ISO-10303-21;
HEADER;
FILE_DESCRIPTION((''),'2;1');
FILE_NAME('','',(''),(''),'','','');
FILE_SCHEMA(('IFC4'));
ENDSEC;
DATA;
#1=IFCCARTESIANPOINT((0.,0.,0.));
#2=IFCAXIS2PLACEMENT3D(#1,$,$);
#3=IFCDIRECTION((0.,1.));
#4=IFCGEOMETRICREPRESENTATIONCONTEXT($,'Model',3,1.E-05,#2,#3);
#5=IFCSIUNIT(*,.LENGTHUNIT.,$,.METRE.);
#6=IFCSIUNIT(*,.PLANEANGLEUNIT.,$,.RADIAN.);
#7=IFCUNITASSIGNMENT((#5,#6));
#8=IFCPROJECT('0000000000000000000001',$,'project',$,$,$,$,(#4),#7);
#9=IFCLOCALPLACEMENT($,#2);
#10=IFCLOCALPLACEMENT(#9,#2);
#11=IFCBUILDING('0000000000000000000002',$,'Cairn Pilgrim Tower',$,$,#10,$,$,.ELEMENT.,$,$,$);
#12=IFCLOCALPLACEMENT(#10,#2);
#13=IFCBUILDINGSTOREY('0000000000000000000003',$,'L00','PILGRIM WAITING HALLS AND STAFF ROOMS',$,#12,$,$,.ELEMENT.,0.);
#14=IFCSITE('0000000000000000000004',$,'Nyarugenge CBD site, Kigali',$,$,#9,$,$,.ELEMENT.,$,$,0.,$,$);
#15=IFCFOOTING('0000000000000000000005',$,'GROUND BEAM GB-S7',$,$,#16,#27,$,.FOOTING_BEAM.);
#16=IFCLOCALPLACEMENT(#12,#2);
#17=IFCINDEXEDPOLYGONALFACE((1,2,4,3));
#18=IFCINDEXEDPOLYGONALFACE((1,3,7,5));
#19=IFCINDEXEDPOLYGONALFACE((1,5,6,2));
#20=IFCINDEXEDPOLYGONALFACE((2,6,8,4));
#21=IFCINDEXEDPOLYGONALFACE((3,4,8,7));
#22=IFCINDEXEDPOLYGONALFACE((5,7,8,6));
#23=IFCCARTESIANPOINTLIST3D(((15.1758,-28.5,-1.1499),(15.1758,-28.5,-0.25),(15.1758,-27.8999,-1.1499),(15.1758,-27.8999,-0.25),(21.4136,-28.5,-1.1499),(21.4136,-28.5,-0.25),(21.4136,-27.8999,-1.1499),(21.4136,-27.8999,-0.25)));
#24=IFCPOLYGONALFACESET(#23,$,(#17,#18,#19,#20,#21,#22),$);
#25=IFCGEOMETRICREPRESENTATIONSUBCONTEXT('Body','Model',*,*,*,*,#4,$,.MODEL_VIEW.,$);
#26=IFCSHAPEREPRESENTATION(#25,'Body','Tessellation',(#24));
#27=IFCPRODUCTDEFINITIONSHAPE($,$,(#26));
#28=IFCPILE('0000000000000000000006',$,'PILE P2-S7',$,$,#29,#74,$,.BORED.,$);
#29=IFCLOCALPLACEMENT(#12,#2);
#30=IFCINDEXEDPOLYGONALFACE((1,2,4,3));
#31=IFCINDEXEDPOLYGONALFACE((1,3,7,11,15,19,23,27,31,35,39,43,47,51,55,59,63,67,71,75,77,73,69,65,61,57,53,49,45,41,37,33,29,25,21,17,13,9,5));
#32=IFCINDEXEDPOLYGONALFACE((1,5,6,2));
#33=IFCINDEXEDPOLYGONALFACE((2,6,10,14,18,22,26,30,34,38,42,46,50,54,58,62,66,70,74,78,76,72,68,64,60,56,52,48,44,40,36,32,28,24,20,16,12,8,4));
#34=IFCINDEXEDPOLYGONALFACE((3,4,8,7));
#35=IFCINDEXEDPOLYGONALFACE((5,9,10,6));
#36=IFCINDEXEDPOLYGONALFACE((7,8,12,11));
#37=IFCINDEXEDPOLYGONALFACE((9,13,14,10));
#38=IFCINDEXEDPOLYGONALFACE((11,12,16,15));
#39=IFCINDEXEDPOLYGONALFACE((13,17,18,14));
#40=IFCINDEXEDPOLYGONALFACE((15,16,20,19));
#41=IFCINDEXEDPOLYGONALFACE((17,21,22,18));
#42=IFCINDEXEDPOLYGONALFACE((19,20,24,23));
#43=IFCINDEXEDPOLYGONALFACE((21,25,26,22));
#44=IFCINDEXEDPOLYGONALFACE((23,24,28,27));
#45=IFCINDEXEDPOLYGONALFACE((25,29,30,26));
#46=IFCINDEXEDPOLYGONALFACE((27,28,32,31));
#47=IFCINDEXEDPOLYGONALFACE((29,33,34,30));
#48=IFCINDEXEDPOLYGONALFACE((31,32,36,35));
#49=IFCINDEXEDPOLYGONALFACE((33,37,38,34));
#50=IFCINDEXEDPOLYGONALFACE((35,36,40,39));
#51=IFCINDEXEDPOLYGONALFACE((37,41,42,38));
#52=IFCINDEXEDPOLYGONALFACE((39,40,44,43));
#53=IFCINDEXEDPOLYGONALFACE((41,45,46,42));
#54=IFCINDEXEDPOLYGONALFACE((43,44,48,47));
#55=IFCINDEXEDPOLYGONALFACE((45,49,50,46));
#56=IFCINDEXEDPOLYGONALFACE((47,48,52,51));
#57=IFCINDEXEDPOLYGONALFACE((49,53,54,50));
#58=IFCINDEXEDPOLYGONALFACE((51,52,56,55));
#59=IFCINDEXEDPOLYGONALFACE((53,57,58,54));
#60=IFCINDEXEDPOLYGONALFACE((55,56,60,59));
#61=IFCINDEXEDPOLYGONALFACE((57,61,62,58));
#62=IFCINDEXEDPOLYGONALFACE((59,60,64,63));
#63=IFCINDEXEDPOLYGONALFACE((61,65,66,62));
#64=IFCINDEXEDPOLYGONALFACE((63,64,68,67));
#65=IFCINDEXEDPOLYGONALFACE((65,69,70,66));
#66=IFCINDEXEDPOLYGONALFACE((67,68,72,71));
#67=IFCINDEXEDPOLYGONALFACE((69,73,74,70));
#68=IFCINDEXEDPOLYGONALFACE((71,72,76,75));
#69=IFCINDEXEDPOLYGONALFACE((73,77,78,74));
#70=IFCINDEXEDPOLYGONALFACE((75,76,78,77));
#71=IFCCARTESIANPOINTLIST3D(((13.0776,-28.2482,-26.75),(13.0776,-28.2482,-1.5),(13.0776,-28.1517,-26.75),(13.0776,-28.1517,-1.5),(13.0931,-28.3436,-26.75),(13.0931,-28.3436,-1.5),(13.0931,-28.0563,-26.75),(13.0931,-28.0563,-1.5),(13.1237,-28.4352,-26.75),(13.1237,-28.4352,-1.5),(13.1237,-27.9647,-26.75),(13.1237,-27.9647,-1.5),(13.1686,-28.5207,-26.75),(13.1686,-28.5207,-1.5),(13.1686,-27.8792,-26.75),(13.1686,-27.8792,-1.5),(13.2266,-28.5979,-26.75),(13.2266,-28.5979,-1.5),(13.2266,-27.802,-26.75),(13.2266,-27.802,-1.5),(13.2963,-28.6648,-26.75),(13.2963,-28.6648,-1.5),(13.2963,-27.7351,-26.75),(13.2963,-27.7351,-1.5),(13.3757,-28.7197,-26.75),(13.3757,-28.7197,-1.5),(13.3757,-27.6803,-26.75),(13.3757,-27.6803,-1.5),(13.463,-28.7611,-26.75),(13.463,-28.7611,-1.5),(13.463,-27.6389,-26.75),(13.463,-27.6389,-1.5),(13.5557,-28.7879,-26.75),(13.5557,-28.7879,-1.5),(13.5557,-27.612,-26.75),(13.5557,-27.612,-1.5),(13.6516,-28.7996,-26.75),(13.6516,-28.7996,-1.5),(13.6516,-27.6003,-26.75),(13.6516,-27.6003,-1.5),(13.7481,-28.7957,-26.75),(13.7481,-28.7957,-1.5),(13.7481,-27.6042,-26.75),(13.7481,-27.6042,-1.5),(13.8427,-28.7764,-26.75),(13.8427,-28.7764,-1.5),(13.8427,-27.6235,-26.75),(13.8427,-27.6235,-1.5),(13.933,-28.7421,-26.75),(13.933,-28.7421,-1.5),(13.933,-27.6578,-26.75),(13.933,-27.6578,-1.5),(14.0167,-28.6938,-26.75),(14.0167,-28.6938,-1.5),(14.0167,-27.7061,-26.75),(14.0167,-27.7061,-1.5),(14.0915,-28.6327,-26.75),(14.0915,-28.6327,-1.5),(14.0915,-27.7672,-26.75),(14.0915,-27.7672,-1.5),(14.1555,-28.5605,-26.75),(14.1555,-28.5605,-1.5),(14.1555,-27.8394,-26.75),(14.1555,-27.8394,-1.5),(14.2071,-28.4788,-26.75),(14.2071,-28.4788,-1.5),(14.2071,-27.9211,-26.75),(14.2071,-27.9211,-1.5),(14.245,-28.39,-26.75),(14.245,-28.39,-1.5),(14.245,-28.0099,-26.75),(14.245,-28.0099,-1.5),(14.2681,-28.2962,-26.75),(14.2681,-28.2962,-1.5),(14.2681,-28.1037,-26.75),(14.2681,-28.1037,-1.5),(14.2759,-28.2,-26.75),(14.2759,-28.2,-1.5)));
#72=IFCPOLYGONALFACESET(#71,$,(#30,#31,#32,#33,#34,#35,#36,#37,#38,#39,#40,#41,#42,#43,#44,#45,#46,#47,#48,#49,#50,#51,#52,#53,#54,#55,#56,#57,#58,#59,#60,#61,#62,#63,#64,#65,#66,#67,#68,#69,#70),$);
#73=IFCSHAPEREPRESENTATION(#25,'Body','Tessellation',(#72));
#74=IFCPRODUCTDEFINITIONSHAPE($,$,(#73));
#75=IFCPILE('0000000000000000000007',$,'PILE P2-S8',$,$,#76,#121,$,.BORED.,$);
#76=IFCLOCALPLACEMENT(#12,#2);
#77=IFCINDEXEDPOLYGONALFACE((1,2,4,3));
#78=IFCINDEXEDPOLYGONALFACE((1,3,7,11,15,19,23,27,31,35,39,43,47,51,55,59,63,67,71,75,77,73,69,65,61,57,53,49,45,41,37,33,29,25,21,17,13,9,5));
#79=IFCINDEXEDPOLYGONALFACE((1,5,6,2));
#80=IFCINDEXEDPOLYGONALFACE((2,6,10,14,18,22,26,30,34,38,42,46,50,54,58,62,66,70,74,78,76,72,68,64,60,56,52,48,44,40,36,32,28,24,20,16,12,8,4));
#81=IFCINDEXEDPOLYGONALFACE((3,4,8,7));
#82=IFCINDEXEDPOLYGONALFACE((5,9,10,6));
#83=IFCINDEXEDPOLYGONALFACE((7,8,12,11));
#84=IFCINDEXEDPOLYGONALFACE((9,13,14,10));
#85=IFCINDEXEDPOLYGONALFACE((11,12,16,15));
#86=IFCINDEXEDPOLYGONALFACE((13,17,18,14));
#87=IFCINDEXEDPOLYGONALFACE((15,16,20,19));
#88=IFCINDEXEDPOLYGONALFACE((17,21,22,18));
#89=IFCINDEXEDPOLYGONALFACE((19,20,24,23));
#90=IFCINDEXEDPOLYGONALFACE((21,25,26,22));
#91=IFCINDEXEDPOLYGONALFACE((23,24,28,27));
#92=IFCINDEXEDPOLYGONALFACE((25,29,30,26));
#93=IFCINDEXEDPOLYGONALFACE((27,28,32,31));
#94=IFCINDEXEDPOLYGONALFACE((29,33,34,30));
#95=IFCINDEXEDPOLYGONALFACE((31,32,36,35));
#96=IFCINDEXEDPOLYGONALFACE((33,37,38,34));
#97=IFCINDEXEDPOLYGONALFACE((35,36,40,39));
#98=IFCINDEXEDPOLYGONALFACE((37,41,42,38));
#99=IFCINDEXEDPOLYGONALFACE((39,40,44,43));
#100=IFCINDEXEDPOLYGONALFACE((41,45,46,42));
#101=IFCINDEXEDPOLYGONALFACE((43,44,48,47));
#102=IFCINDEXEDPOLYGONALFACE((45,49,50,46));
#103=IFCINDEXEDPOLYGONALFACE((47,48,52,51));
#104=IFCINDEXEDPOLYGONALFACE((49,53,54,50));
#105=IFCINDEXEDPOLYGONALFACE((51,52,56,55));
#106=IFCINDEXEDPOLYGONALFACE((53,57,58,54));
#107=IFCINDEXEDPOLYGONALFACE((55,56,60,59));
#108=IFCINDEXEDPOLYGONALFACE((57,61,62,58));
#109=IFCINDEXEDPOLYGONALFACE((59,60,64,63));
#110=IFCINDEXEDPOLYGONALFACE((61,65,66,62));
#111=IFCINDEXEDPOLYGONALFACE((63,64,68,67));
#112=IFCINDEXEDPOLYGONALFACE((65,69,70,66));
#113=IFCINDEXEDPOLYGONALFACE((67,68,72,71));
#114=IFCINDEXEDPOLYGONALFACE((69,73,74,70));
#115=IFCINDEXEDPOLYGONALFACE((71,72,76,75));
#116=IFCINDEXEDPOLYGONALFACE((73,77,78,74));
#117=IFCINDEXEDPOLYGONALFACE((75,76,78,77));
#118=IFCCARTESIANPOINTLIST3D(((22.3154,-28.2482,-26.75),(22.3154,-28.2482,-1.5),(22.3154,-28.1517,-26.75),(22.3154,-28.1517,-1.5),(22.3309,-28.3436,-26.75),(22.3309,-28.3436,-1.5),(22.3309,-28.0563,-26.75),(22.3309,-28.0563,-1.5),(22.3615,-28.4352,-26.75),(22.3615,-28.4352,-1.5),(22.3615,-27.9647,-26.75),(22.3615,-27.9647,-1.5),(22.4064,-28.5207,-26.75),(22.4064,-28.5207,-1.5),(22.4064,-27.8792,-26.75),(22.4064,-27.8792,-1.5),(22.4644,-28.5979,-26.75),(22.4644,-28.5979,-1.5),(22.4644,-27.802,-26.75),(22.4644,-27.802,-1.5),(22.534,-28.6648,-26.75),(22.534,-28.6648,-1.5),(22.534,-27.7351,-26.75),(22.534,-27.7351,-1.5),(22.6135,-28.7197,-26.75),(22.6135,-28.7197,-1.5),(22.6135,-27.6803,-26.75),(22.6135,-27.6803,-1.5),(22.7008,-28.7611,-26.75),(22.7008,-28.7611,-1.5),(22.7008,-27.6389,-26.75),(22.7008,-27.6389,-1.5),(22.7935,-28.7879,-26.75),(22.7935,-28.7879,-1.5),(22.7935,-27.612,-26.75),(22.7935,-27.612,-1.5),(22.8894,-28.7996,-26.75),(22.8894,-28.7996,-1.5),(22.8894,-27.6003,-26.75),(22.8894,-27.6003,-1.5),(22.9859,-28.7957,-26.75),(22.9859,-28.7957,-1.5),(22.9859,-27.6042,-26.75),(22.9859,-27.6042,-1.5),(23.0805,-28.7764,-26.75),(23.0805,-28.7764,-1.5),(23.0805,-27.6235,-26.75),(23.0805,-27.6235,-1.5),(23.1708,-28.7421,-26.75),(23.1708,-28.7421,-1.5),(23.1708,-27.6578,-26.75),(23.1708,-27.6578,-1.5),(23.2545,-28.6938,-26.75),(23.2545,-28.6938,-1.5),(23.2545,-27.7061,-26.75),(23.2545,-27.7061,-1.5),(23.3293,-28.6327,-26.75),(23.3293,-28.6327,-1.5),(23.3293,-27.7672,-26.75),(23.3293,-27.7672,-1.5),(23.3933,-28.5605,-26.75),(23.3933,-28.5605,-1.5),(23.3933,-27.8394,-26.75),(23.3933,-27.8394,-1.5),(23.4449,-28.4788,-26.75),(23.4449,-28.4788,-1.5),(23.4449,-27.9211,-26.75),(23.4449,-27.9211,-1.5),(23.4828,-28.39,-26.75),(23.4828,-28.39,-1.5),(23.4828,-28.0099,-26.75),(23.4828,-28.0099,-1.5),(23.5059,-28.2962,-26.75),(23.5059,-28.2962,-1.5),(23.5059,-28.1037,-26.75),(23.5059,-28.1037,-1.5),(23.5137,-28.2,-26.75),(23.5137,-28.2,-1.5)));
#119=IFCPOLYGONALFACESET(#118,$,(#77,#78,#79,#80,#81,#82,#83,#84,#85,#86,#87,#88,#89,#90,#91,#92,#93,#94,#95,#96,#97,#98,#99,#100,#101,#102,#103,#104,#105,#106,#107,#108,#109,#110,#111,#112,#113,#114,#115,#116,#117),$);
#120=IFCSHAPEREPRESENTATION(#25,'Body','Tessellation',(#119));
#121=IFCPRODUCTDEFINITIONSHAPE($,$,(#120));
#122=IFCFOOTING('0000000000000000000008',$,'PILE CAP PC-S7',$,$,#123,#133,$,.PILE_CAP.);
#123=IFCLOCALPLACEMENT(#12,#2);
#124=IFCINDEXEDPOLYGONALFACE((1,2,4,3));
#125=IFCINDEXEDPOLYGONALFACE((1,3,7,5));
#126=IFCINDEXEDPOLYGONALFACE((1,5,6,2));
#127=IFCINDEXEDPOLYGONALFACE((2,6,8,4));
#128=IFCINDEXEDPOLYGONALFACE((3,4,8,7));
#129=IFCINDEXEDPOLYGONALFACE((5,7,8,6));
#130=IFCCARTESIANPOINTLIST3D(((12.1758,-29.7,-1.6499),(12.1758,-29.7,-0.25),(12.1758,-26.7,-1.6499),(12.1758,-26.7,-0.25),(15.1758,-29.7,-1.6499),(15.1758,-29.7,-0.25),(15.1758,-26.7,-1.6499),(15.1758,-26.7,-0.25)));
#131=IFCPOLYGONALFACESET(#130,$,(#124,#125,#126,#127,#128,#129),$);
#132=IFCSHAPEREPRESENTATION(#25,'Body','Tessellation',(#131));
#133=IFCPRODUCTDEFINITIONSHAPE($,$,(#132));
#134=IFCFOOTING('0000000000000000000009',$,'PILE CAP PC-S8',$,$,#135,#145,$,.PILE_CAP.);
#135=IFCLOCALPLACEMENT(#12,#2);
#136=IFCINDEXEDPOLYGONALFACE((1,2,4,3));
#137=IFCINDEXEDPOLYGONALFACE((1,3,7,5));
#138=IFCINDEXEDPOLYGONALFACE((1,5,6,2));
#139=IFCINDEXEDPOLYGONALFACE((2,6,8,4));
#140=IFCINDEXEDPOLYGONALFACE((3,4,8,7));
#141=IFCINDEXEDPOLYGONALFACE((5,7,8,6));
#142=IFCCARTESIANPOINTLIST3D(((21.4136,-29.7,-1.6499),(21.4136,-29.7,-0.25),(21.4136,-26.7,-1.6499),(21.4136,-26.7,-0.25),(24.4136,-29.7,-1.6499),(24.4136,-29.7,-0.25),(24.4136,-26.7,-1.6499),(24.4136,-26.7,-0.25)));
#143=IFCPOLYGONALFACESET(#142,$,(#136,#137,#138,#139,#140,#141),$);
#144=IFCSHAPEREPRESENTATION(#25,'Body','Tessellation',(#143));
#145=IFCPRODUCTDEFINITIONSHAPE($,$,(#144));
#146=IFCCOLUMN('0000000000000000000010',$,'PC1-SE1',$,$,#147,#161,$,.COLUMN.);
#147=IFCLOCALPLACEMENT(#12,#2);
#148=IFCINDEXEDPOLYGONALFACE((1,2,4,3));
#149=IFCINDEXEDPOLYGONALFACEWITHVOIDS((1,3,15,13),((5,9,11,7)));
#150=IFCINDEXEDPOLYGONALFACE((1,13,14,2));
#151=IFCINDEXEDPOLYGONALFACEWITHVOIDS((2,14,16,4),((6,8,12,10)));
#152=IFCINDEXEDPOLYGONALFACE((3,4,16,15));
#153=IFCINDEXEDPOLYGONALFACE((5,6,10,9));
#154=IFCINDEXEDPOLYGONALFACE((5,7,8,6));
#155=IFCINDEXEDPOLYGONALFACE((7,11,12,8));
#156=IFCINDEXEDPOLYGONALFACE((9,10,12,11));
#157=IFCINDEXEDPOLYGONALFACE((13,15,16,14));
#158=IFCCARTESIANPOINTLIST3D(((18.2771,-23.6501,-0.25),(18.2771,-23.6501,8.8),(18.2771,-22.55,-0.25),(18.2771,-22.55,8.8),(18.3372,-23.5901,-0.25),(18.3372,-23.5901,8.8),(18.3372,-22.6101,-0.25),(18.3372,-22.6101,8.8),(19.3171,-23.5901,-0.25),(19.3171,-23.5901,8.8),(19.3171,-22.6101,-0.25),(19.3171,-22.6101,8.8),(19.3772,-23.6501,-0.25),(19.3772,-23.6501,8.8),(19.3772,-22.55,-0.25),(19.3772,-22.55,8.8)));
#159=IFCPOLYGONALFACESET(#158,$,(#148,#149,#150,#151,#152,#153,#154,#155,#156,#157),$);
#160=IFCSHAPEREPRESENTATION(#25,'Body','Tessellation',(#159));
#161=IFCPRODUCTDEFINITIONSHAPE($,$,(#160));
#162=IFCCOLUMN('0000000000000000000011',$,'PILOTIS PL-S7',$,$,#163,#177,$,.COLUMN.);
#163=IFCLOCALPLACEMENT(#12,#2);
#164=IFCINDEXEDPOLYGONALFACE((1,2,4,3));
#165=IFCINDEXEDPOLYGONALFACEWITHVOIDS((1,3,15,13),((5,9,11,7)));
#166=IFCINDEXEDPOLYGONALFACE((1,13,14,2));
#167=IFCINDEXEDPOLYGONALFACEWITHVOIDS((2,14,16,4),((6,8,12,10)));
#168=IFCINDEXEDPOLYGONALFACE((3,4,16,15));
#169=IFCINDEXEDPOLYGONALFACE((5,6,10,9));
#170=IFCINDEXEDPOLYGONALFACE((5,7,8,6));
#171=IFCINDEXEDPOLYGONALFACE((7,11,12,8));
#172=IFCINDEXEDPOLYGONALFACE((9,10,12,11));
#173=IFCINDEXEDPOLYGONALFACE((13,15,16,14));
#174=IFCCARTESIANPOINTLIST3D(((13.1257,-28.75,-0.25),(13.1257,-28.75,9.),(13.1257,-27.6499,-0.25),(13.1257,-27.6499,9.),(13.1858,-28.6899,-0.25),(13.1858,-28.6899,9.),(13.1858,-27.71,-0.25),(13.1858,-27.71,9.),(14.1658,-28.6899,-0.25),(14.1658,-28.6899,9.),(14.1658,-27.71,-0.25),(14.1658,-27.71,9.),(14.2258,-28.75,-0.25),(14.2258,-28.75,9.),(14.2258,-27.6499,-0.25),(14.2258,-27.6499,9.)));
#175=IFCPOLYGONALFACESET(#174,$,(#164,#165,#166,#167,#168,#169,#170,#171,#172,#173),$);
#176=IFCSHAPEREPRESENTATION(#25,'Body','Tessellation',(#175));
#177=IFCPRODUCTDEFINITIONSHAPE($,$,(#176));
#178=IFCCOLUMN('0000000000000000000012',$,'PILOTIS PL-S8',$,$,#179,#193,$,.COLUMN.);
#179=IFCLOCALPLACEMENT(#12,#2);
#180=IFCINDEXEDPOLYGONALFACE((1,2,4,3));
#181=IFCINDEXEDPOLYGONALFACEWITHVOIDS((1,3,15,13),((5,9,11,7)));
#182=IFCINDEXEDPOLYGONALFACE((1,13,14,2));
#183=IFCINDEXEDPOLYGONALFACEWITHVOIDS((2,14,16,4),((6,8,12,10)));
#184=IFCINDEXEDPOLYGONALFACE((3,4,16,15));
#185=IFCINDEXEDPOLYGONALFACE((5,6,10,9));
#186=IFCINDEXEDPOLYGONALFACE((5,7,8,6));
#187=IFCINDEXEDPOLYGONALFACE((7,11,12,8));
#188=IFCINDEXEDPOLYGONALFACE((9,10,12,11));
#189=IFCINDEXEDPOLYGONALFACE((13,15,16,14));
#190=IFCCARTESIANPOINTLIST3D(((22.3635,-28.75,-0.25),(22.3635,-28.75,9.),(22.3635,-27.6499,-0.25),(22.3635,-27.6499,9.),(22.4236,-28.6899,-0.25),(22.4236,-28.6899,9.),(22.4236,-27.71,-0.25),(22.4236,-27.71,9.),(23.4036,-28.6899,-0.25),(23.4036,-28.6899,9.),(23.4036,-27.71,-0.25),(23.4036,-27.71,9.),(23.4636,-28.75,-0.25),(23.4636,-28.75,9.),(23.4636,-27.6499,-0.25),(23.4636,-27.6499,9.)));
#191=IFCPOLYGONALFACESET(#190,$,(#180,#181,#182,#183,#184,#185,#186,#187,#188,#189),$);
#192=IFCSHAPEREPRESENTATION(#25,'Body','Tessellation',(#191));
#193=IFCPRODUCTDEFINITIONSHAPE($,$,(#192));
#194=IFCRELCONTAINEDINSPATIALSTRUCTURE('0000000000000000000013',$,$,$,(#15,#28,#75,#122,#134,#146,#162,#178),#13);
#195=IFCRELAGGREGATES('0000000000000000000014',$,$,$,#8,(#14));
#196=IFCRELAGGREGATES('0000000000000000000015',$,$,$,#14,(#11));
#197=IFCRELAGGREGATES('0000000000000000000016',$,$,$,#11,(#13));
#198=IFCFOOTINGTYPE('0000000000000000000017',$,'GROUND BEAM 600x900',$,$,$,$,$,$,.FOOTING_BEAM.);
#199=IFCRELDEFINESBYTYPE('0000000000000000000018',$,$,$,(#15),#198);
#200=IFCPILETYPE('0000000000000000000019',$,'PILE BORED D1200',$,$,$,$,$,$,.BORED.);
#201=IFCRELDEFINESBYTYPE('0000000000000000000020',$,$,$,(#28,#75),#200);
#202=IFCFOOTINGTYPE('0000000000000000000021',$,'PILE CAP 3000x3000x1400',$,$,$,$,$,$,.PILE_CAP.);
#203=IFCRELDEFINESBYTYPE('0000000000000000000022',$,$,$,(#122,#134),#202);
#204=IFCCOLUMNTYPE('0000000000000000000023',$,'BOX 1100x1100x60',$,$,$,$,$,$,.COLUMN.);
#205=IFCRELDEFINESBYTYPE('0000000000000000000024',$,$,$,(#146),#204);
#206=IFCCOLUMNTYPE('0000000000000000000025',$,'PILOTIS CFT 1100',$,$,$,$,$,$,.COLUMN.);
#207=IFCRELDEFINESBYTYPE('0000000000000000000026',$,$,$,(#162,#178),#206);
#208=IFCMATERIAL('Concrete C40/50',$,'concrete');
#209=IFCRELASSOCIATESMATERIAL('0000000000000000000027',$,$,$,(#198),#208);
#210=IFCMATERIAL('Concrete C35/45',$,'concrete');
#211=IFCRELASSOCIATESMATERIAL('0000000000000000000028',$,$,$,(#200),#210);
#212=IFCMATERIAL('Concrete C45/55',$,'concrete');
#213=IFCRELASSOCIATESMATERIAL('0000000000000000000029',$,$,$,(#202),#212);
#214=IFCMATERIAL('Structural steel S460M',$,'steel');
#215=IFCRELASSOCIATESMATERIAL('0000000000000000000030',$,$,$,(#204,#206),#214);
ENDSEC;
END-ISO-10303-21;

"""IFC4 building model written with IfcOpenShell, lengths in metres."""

from ifc_helpers import new_model, si_unit, direction, frame, origin, origin_2d, place, context, subcontext, project, spatial, rectangle, hollow_rectangle, circle, extrude, material, material_profile, profile_set, type_object, element, save


model = new_model("IFC4")

# Units and contexts
model_context = context("Model", 3, precision=1e-05, world=origin(), true_north=direction((0.0, 1.0)))
body_context = subcontext(model_context, "Body", "Model", "MODEL_VIEW")
ifc_project = project(units=[si_unit("LENGTHUNIT", "METRE"), si_unit("PLANEANGLEUNIT", "RADIAN")], contexts=[model_context])

# Site, building, storey
site_placement = place(None, origin())
site = spatial("IfcSite", under=ifc_project, at=site_placement, Name="Nyarugenge CBD site, Kigali", CompositionType="ELEMENT", RefElevation=0.0)
building_placement = place(site_placement, origin())
building = spatial("IfcBuilding", under=site, at=building_placement, Name="Cairn Pilgrim Tower", CompositionType="ELEMENT")
storey_placement = place(building_placement, origin())
storey = spatial("IfcBuildingStorey", under=building, at=storey_placement, Name="L00", Description="PILGRIM WAITING HALLS AND STAFF ROOMS", CompositionType="ELEMENT", Elevation=0.0)

# Footing
ifc_material_1 = material(Name="Concrete C40/50", Category="concrete")
footing_type_1 = type_object("IfcFootingType", Name="GROUND BEAM 600x900", PredefinedType="FOOTING_BEAM", material=ifc_material_1)
footing_placement = place(storey_placement, frame((18.2947, -28.2, -1.1499), z_axis=(0.0, 0.0, 1.0), x_axis=(1.0, 0.0, 0.0)))
element("IfcFooting", 1, at=footing_placement, inside=storey, type_object=footing_type_1, Name="GROUND BEAM GB-S7", PredefinedType="FOOTING_BEAM", context=body_context, shape_type="SweptSolid", body=[
    extrude(rectangle(XDim=6.2378, YDim=0.6001, at=origin_2d()), origin(), (0.0, 0.0, 1.0), 0.8999),
])

# Piles
ifc_material_2 = material(Name="Concrete C35/45", Category="concrete")
ifc_material_profile_1 = material_profile(ifc_material_2, circle(Radius=0.6001, at=origin_2d()), Name="D1200")
ifc_profile_set_1 = profile_set([ifc_material_profile_1], Name="Concrete C35/45")
pile_type = type_object("IfcPileType", Name="PILE BORED D1200", PredefinedType="BORED", material=ifc_profile_set_1)
for number, where, z_axis, x_axis, name in (
    (2, (13.6758, -28.2, -1.5), (0.0, 0.0, -1.0), (1.0, 0.0, 0.0), "PILE P2-S7"),
    (3, (22.9136, -28.2, -1.5), (0.0, 0.0, -1.0), (1.0, 0.0, 0.0), "PILE P2-S8"),
):
    element("IfcPile", number, at=place(storey_placement, frame(where, z_axis=z_axis, x_axis=x_axis)), inside=storey, type_object=pile_type, Name=name, PredefinedType="BORED", context=body_context, shape_type="SweptSolid", body=[
        extrude(circle(Radius=0.6001, at=origin_2d()), origin(), (0.0, 0.0, 1.0), 25.25),
    ])

# Footings
ifc_material_3 = material(Name="Concrete C45/55", Category="concrete")
footing_type_2 = type_object("IfcFootingType", Name="PILE CAP 3000x3000x1400", PredefinedType="PILE_CAP", material=ifc_material_3)
for number, where, z_axis, x_axis, name in (
    (4, (13.6758, -28.2, -1.6499), (0.0, 0.0, 1.0), (1.0, 0.0, 0.0), "PILE CAP PC-S7"),
    (5, (22.9136, -28.2, -1.6499), (0.0, 0.0, 1.0), (1.0, 0.0, 0.0), "PILE CAP PC-S8"),
):
    element("IfcFooting", number, at=place(storey_placement, frame(where, z_axis=z_axis, x_axis=x_axis)), inside=storey, type_object=footing_type_2, Name=name, PredefinedType="PILE_CAP", context=body_context, shape_type="SweptSolid", body=[
        extrude(rectangle(XDim=3.0, YDim=3.0, at=origin_2d()), origin(), (0.0, 0.0, 1.0), 1.3999),
    ])

# Columns
ifc_material_4 = material(Name="Structural steel S460M", Category="steel")
ifc_material_profile_2 = material_profile(ifc_material_4, hollow_rectangle(XDim=1.1001, YDim=1.1001, WallThickness=0.0601, at=origin_2d()), Name="BOX 1100x1100x60")
ifc_profile_set_2 = profile_set([ifc_material_profile_2], Name="Structural steel S460M")
column_type_1 = type_object("IfcColumnType", Name="BOX 1100x1100x60", PredefinedType="COLUMN", material=ifc_profile_set_2)
column_placement = place(storey_placement, frame((18.8271, -23.1001, -0.25), z_axis=(0.0, 0.0, 1.0), x_axis=(1.0, 0.0, 0.0)))
element("IfcColumn", 6, at=column_placement, inside=storey, type_object=column_type_1, Name="PC1-SE1", PredefinedType="COLUMN", context=body_context, shape_type="SweptSolid", body=[
    extrude(hollow_rectangle(XDim=1.1001, YDim=1.1001, WallThickness=0.0601, at=origin_2d()), origin(), (0.0, 0.0, 1.0), 9.05),
])
ifc_material_profile_3 = material_profile(ifc_material_4, hollow_rectangle(XDim=1.1001, YDim=1.1001, WallThickness=0.0601, at=origin_2d()), Name="BOX 1100x1100x60")
ifc_profile_set_3 = profile_set([ifc_material_profile_3], Name="Structural steel S460M")
column_type_2 = type_object("IfcColumnType", Name="PILOTIS CFT 1100", PredefinedType="COLUMN", material=ifc_profile_set_3)
for number, where, z_axis, x_axis, name in (
    (7, (13.6758, -28.2, -0.25), (0.0, 0.0, 1.0), (1.0, 0.0, 0.0), "PILOTIS PL-S7"),
    (8, (22.9136, -28.2, -0.25), (0.0, 0.0, 1.0), (1.0, 0.0, 0.0), "PILOTIS PL-S8"),
):
    element("IfcColumn", number, at=place(storey_placement, frame(where, z_axis=z_axis, x_axis=x_axis)), inside=storey, type_object=column_type_2, Name=name, PredefinedType="COLUMN", context=body_context, shape_type="SweptSolid", body=[
        extrude(hollow_rectangle(XDim=1.1001, YDim=1.1001, WallThickness=0.0601, at=origin_2d()), origin(), (0.0, 0.0, 1.0), 9.25),
    ])

save(model, "model.ifc")
